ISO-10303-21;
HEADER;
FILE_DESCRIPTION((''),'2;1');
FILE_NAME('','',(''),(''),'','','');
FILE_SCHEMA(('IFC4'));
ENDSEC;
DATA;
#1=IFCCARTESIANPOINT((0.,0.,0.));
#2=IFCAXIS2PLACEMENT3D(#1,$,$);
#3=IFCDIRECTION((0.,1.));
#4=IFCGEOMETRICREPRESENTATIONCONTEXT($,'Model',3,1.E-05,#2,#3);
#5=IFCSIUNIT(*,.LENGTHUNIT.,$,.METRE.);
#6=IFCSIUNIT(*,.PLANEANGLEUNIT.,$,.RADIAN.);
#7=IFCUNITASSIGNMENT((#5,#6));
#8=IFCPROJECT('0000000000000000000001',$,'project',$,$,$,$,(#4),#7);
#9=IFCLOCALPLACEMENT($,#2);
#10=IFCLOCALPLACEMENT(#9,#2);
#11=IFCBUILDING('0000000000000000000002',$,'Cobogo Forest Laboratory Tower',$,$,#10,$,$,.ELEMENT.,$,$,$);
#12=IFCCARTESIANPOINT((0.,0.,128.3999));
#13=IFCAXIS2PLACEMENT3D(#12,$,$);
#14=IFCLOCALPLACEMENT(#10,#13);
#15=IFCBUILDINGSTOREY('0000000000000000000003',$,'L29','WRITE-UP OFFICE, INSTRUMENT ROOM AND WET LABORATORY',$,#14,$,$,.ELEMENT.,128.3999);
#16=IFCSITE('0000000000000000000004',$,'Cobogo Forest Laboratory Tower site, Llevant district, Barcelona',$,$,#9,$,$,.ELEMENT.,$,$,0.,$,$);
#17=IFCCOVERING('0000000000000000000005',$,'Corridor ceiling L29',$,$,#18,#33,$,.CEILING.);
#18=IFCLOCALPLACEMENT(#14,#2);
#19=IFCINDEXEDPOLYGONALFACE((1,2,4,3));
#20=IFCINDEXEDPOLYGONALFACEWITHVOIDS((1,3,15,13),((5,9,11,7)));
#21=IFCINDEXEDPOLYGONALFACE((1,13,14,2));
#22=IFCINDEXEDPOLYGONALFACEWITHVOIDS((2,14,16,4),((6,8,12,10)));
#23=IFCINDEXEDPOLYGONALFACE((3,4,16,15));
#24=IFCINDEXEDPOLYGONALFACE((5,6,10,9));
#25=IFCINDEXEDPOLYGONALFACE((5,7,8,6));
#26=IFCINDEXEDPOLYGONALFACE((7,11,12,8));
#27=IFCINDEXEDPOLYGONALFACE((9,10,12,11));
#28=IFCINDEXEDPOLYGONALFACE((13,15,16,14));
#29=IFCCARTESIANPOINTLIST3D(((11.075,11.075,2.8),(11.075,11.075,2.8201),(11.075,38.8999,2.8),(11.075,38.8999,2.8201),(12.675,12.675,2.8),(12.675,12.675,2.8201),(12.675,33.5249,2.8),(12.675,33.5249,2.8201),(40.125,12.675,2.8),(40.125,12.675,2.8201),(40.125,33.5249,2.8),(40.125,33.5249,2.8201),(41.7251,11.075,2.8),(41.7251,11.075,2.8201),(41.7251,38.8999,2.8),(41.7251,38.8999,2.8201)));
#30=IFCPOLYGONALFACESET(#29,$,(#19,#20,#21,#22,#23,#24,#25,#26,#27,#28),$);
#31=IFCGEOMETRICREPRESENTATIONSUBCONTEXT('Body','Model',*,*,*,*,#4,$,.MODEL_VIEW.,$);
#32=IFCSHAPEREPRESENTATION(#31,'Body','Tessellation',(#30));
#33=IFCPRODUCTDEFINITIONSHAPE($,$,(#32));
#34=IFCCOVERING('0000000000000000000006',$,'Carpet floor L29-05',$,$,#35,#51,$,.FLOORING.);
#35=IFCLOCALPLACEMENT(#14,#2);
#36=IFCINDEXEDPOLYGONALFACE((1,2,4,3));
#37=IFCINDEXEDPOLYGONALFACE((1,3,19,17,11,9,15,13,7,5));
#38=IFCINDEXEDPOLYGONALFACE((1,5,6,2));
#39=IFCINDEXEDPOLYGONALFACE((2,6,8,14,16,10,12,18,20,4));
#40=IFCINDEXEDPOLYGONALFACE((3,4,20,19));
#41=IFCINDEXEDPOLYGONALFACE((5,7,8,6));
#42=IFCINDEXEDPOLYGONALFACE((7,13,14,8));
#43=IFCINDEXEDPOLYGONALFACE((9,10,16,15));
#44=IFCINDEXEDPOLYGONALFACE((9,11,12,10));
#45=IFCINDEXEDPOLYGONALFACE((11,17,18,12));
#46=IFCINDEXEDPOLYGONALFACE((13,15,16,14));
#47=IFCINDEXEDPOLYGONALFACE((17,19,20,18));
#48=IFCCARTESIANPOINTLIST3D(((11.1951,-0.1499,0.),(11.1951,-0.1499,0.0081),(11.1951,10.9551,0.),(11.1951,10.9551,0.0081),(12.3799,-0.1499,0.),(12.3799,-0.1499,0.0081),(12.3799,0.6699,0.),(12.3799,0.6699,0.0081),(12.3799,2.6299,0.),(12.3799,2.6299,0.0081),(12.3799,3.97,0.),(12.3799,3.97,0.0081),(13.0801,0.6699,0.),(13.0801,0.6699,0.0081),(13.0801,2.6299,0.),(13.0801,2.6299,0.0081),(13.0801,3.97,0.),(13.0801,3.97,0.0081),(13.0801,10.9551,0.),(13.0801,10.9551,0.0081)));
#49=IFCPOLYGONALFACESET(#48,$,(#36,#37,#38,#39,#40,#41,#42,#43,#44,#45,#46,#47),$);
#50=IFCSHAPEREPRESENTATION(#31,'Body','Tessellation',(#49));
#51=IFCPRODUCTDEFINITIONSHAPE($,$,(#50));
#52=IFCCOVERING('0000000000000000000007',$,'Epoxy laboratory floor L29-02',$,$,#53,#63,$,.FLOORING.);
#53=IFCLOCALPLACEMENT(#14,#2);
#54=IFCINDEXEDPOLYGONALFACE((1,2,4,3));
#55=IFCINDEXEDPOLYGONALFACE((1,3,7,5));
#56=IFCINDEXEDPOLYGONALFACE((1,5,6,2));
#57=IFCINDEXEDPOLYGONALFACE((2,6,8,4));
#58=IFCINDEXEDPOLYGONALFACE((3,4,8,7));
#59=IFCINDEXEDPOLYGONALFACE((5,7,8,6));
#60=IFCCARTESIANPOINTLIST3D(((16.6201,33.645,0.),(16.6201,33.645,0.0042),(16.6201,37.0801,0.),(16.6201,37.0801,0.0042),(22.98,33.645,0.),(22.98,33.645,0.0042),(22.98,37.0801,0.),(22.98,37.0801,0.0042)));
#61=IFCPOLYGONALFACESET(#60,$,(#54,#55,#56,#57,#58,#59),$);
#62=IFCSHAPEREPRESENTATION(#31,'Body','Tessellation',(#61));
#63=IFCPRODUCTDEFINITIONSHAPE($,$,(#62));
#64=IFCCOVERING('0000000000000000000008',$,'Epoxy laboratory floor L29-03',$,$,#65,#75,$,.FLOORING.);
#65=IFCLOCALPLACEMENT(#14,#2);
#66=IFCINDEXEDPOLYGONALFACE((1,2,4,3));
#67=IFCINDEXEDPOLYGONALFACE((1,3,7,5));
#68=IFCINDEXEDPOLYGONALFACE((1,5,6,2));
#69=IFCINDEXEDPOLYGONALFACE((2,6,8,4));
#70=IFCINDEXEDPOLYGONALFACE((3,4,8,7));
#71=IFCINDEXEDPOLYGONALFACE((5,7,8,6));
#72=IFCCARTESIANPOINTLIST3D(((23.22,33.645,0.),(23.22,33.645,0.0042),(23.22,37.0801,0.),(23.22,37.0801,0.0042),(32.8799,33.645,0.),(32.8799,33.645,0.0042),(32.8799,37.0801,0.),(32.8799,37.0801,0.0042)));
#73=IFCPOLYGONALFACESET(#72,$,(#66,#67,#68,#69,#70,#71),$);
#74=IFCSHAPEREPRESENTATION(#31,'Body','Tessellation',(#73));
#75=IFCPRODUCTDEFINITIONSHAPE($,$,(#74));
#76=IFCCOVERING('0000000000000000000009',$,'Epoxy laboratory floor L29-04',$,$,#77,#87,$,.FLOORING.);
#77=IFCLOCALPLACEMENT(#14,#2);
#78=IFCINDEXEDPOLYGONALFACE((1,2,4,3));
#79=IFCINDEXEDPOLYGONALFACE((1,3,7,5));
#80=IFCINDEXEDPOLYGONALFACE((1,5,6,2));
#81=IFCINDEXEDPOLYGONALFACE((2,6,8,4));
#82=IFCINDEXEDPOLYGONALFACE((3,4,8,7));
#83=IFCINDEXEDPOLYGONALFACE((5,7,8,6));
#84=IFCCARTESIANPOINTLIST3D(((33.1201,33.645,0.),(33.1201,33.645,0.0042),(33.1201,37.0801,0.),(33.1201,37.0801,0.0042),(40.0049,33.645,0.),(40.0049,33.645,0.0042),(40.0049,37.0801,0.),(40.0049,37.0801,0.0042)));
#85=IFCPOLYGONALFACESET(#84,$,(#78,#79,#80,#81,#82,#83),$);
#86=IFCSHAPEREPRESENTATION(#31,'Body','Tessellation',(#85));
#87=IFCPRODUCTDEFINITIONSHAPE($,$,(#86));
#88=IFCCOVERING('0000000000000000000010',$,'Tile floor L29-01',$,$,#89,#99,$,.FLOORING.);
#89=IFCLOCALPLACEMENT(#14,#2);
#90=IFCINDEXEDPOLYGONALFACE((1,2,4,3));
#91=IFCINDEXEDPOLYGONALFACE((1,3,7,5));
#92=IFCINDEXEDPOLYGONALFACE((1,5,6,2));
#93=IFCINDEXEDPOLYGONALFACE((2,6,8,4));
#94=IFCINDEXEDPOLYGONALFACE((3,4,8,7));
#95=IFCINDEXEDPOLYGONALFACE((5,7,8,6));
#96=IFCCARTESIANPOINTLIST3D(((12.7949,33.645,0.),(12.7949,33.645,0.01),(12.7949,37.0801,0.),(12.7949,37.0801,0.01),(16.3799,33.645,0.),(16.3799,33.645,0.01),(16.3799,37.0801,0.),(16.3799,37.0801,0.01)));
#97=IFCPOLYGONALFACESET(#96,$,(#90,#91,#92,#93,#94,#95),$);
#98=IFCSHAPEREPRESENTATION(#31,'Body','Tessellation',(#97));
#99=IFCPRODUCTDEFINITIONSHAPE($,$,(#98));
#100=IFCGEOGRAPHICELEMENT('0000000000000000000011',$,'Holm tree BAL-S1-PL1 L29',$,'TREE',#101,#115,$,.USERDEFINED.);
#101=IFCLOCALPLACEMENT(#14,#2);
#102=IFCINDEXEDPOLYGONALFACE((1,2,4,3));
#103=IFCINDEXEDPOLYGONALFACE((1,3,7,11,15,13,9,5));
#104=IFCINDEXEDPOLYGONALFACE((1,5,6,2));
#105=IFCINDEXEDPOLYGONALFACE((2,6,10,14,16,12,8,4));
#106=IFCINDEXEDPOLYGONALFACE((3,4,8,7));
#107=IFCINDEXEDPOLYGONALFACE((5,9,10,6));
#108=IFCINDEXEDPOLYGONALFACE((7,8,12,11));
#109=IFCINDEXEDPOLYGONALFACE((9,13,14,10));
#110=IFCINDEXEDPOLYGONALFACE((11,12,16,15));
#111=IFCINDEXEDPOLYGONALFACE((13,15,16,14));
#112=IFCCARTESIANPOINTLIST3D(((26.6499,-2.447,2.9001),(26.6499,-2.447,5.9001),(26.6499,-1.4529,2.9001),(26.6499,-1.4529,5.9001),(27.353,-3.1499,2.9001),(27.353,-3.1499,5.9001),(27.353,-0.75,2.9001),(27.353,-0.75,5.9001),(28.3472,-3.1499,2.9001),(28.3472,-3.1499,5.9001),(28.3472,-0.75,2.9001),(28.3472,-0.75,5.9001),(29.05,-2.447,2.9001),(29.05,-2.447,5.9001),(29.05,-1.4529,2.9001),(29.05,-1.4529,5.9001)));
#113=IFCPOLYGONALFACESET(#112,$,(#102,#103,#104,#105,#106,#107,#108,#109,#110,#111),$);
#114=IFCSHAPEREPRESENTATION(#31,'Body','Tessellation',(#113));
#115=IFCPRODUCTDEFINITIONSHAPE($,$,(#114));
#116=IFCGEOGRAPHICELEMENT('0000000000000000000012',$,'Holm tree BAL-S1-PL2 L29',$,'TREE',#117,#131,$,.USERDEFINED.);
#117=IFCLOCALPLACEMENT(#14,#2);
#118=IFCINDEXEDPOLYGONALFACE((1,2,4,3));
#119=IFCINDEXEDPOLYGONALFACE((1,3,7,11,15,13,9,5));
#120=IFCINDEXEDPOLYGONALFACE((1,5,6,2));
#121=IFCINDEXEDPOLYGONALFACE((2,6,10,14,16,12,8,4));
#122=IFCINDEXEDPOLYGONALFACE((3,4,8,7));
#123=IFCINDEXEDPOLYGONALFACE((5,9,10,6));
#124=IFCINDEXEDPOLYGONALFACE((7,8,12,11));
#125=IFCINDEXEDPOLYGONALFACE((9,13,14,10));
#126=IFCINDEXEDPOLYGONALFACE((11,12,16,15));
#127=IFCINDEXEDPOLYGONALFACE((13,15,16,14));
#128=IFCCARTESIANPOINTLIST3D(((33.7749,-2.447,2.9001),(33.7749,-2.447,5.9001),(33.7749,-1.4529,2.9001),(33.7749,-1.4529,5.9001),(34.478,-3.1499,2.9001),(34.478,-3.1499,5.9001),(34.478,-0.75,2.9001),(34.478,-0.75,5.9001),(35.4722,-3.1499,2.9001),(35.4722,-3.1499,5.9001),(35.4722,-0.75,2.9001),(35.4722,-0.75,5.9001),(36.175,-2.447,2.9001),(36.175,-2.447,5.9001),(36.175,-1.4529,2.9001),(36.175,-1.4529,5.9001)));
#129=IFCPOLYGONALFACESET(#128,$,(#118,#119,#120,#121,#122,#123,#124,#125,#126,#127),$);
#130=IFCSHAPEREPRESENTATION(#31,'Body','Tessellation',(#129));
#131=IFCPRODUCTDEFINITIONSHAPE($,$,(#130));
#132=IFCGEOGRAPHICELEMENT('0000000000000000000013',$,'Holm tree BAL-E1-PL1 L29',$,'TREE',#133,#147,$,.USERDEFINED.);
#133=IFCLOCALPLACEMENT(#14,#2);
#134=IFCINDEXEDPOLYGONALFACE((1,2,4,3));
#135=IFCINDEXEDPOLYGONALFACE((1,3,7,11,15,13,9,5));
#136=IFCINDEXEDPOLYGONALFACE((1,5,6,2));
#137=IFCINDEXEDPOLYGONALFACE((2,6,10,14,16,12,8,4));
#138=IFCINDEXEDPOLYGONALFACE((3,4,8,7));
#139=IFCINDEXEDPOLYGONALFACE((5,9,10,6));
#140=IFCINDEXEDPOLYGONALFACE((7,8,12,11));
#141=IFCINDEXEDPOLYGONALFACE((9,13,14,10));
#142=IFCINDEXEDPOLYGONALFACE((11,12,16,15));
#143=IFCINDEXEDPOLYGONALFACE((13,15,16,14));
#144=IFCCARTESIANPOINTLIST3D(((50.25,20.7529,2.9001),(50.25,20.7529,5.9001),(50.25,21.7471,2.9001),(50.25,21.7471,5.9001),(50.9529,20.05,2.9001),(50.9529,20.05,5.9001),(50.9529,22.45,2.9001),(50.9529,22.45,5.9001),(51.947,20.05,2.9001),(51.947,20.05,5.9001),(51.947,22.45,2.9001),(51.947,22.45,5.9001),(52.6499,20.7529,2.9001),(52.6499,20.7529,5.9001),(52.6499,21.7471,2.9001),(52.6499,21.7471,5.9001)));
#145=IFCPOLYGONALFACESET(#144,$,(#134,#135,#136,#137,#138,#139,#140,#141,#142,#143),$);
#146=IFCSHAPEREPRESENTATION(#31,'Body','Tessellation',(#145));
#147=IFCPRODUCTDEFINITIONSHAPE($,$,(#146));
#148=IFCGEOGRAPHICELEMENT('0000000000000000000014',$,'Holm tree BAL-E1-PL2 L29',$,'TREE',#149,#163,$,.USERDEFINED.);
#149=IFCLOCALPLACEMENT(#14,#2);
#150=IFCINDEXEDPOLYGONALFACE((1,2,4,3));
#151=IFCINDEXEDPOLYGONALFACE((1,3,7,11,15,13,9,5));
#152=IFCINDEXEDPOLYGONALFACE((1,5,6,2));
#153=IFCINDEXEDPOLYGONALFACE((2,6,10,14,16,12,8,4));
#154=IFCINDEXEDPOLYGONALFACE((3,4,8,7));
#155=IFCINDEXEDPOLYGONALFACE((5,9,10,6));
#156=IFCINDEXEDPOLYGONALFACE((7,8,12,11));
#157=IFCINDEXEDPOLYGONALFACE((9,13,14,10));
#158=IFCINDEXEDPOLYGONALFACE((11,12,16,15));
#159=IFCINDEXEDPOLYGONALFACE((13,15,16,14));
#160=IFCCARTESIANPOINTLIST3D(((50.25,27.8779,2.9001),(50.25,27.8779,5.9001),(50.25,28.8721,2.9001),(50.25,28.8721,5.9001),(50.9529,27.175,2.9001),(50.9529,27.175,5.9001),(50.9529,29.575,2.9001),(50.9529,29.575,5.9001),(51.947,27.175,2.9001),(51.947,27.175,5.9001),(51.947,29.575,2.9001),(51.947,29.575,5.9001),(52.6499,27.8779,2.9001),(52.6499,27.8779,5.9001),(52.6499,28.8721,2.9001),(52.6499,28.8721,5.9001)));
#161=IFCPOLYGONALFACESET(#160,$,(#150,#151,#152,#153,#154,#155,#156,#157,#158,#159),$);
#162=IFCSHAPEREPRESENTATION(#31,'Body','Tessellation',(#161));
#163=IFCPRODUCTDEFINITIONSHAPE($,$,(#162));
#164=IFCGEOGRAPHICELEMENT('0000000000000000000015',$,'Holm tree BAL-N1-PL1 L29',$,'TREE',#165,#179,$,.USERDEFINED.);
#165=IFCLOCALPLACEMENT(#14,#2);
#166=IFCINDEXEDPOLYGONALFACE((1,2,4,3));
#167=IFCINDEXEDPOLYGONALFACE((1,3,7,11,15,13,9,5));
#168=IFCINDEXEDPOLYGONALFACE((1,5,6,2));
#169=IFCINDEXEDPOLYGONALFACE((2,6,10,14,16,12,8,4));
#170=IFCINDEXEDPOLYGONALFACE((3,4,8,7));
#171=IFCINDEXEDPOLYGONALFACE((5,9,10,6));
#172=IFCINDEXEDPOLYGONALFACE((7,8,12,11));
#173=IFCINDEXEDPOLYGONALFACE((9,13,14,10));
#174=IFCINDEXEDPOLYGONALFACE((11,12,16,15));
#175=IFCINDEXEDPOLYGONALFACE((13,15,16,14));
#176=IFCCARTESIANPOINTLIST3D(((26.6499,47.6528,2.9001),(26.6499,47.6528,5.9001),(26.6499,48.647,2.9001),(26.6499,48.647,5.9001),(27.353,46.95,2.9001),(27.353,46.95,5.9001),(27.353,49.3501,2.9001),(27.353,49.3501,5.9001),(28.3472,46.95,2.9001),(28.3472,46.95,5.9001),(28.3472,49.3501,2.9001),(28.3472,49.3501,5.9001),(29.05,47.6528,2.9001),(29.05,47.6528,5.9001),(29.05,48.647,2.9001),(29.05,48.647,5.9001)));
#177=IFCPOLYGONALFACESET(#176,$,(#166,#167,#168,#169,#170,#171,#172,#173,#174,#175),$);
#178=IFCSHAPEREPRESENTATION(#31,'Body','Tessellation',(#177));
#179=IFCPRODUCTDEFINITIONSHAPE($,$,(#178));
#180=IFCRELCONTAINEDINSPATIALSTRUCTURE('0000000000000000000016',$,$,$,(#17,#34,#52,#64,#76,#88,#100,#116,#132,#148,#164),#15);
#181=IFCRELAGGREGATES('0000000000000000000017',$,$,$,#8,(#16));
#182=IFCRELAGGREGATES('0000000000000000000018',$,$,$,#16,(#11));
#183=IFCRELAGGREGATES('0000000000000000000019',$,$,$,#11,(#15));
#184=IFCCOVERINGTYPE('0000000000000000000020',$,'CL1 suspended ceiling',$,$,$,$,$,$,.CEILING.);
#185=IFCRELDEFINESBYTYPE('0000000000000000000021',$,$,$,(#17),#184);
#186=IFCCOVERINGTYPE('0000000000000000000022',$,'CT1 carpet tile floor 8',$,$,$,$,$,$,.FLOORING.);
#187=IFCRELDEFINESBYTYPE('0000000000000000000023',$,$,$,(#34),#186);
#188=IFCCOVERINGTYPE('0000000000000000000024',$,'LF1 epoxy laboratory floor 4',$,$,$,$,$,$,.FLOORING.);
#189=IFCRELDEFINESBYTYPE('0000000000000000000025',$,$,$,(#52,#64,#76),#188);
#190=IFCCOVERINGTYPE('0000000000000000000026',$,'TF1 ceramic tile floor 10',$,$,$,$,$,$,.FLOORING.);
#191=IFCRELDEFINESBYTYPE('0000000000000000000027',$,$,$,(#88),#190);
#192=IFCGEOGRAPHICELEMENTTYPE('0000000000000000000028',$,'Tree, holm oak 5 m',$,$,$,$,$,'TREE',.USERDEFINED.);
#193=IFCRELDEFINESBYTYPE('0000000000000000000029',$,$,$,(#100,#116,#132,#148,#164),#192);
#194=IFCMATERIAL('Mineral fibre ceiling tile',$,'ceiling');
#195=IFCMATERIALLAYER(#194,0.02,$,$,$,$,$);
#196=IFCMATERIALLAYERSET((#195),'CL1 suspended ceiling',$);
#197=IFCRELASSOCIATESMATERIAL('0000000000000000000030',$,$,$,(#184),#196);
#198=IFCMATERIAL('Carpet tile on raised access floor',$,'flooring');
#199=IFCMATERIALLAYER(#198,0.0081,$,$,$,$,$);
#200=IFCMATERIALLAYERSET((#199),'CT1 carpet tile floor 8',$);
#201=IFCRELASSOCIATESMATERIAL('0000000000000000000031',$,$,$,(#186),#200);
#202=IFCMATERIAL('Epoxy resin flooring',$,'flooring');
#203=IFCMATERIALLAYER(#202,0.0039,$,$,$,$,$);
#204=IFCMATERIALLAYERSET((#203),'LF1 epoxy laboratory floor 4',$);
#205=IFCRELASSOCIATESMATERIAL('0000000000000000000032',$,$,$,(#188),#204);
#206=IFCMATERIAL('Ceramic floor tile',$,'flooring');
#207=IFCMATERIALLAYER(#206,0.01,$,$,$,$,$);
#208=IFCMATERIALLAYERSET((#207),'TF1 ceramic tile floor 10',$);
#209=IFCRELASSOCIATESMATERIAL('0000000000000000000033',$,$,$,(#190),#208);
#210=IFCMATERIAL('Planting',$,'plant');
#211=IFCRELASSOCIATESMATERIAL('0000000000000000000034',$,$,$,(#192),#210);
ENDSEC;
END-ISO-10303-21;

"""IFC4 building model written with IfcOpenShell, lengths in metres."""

from ifc_helpers import new_model, si_unit, direction, frame, origin, place, context, subcontext, project, spatial, polyline, outline, extrude, material, layer, layer_set, type_object, element, save


model = new_model("IFC4")

# Units and contexts
model_context = context("Model", 3, precision=1e-05, world=origin(), true_north=direction((0.0, 1.0)))
body_context = subcontext(model_context, "Body", "Model", "MODEL_VIEW")
ifc_project = project(units=[si_unit("LENGTHUNIT", "METRE"), si_unit("PLANEANGLEUNIT", "RADIAN")], contexts=[model_context])

# Site, building, storey
site_placement = place(None, origin())
site = spatial("IfcSite", under=ifc_project, at=site_placement, Name="Cobogo Forest Laboratory Tower site, Llevant district, Barcelona", CompositionType="ELEMENT", RefElevation=0.0)
building_placement = place(site_placement, origin())
building = spatial("IfcBuilding", under=site, at=building_placement, Name="Cobogo Forest Laboratory Tower", CompositionType="ELEMENT")
storey_placement = place(building_placement, frame((0.0, 0.0, 128.3999)))
storey = spatial("IfcBuildingStorey", under=building, at=storey_placement, Name="L29", Description="WRITE-UP OFFICE, INSTRUMENT ROOM AND WET LABORATORY", CompositionType="ELEMENT", Elevation=128.3999)

# Coverings
ifc_material_1 = material(Name="Mineral fibre ceiling tile", Category="ceiling")
ifc_layer_1 = layer(ifc_material_1, 0.02)
ifc_layer_set_1 = layer_set([ifc_layer_1], Name="CL1 suspended ceiling")
covering_type_1 = type_object("IfcCoveringType", Name="CL1 suspended ceiling", PredefinedType="CEILING", material=ifc_layer_set_1)
covering_1_placement = place(storey_placement, frame((0.0, 0.0, 2.8)))
element("IfcCovering", 1, at=covering_1_placement, inside=storey, type_object=covering_type_1, Name="Corridor ceiling L29", PredefinedType="CEILING", context=body_context, shape_type="SweptSolid", body=[
    extrude(outline(polyline([(11.075, 11.075), (11.075, 38.8999), (41.7251, 38.8999), (41.7251, 11.075), (11.075, 11.075)]), holes=[polyline([(40.125, 33.5249), (12.675, 33.5249), (12.675, 12.675), (40.125, 12.675), (40.125, 33.5249)])]), origin(), (0.0, 0.0, 1.0), 0.02),
])
ifc_material_2 = material(Name="Carpet tile on raised access floor", Category="flooring")
ifc_layer_2 = layer(ifc_material_2, 0.0081)
ifc_layer_set_2 = layer_set([ifc_layer_2], Name="CT1 carpet tile floor 8")
covering_type_2 = type_object("IfcCoveringType", Name="CT1 carpet tile floor 8", PredefinedType="FLOORING", material=ifc_layer_set_2)
covering_2_placement = place(storey_placement, origin())
element("IfcCovering", 2, at=covering_2_placement, inside=storey, type_object=covering_type_2, Name="Carpet floor L29-05", PredefinedType="FLOORING", context=body_context, shape_type="SweptSolid", body=[
    extrude(outline(polyline([(13.0801, 10.9551), (13.0801, 3.97), (12.3799, 3.97), (12.3799, 2.6299), (13.0801, 2.6299), (13.0801, 0.6699), (12.3799, 0.6699), (12.3799, -0.1499), (11.1951, -0.1499), (11.1951, 10.9551), (13.0801, 10.9551)])), origin(), (0.0, 0.0, 1.0), 0.0081),
])
ifc_material_3 = material(Name="Epoxy resin flooring", Category="flooring")
ifc_layer_3 = layer(ifc_material_3, 0.0039)
ifc_layer_set_3 = layer_set([ifc_layer_3], Name="LF1 epoxy laboratory floor 4")
covering_type_3 = type_object("IfcCoveringType", Name="LF1 epoxy laboratory floor 4", PredefinedType="FLOORING", material=ifc_layer_set_3)
covering_3_placement = place(storey_placement, origin())
element("IfcCovering", 3, at=covering_3_placement, inside=storey, type_object=covering_type_3, Name="Epoxy laboratory floor L29-02", PredefinedType="FLOORING", context=body_context, shape_type="SweptSolid", body=[
    extrude(outline(polyline([(22.98, 33.645), (16.6201, 33.645), (16.6201, 37.0801), (22.98, 37.0801), (22.98, 33.645)])), origin(), (0.0, 0.0, 1.0), 0.0042),
])
covering_4_placement = place(storey_placement, origin())
element("IfcCovering", 4, at=covering_4_placement, inside=storey, type_object=covering_type_3, Name="Epoxy laboratory floor L29-03", PredefinedType="FLOORING", context=body_context, shape_type="SweptSolid", body=[
    extrude(outline(polyline([(32.8799, 33.645), (23.22, 33.645), (23.22, 37.0801), (32.8799, 37.0801), (32.8799, 33.645)])), origin(), (0.0, 0.0, 1.0), 0.0042),
])
covering_5_placement = place(storey_placement, origin())
element("IfcCovering", 5, at=covering_5_placement, inside=storey, type_object=covering_type_3, Name="Epoxy laboratory floor L29-04", PredefinedType="FLOORING", context=body_context, shape_type="SweptSolid", body=[
    extrude(outline(polyline([(40.0049, 33.645), (33.1201, 33.645), (33.1201, 37.0801), (40.0049, 37.0801), (40.0049, 33.645)])), origin(), (0.0, 0.0, 1.0), 0.0042),
])
ifc_material_4 = material(Name="Ceramic floor tile", Category="flooring")
ifc_layer_4 = layer(ifc_material_4, 0.01)
ifc_layer_set_4 = layer_set([ifc_layer_4], Name="TF1 ceramic tile floor 10")
covering_type_4 = type_object("IfcCoveringType", Name="TF1 ceramic tile floor 10", PredefinedType="FLOORING", material=ifc_layer_set_4)
covering_6_placement = place(storey_placement, origin())
element("IfcCovering", 6, at=covering_6_placement, inside=storey, type_object=covering_type_4, Name="Tile floor L29-01", PredefinedType="FLOORING", context=body_context, shape_type="SweptSolid", body=[
    extrude(outline(polyline([(16.3799, 33.645), (12.7949, 33.645), (12.7949, 37.0801), (16.3799, 37.0801), (16.3799, 33.645)])), origin(), (0.0, 0.0, 1.0), 0.01),
])

# Geographic elements
ifc_material_5 = material(Name="Planting", Category="plant")
geographic_element_type = type_object("IfcGeographicElementType", Name="Tree, holm oak 5 m", ElementType="TREE", PredefinedType="USERDEFINED", material=ifc_material_5)
geographic_element_1_placement = place(storey_placement, frame((0.0, 0.0, 2.9001)))
element("IfcGeographicElement", 7, at=geographic_element_1_placement, inside=storey, type_object=geographic_element_type, Name="Holm tree BAL-S1-PL1 L29", ObjectType="TREE", PredefinedType="USERDEFINED", context=body_context, shape_type="SweptSolid", body=[
    extrude(outline(polyline([(29.05, -2.447), (29.05, -1.4529), (28.3472, -0.75), (27.353, -0.75), (26.6499, -1.4529), (26.6499, -2.447), (27.353, -3.1499), (28.3472, -3.1499), (29.05, -2.447)])), origin(), (0.0, 0.0, 1.0), 3.0),
])
geographic_element_2_placement = place(storey_placement, frame((0.0, 0.0, 2.9001)))
element("IfcGeographicElement", 8, at=geographic_element_2_placement, inside=storey, type_object=geographic_element_type, Name="Holm tree BAL-S1-PL2 L29", ObjectType="TREE", PredefinedType="USERDEFINED", context=body_context, shape_type="SweptSolid", body=[
    extrude(outline(polyline([(36.175, -2.447), (36.175, -1.4529), (35.4722, -0.75), (34.478, -0.75), (33.7749, -1.4529), (33.7749, -2.447), (34.478, -3.1499), (35.4722, -3.1499), (36.175, -2.447)])), origin(), (0.0, 0.0, 1.0), 3.0),
])
geographic_element_3_placement = place(storey_placement, frame((0.0, 0.0, 2.9001)))
element("IfcGeographicElement", 9, at=geographic_element_3_placement, inside=storey, type_object=geographic_element_type, Name="Holm tree BAL-E1-PL1 L29", ObjectType="TREE", PredefinedType="USERDEFINED", context=body_context, shape_type="SweptSolid", body=[
    extrude(outline(polyline([(52.6499, 20.7529), (52.6499, 21.7471), (51.947, 22.45), (50.9529, 22.45), (50.25, 21.7471), (50.25, 20.7529), (50.9529, 20.05), (51.947, 20.05), (52.6499, 20.7529)])), origin(), (0.0, 0.0, 1.0), 3.0),
])
geographic_element_4_placement = place(storey_placement, frame((0.0, 0.0, 2.9001)))
element("IfcGeographicElement", 10, at=geographic_element_4_placement, inside=storey, type_object=geographic_element_type, Name="Holm tree BAL-E1-PL2 L29", ObjectType="TREE", PredefinedType="USERDEFINED", context=body_context, shape_type="SweptSolid", body=[
    extrude(outline(polyline([(52.6499, 27.8779), (52.6499, 28.8721), (51.947, 29.575), (50.9529, 29.575), (50.25, 28.8721), (50.25, 27.8779), (50.9529, 27.175), (51.947, 27.175), (52.6499, 27.8779)])), origin(), (0.0, 0.0, 1.0), 3.0),
])
geographic_element_5_placement = place(storey_placement, frame((0.0, 0.0, 2.9001)))
element("IfcGeographicElement", 11, at=geographic_element_5_placement, inside=storey, type_object=geographic_element_type, Name="Holm tree BAL-N1-PL1 L29", ObjectType="TREE", PredefinedType="USERDEFINED", context=body_context, shape_type="SweptSolid", body=[
    extrude(outline(polyline([(29.05, 47.6528), (29.05, 48.647), (28.3472, 49.3501), (27.353, 49.3501), (26.6499, 48.647), (26.6499, 47.6528), (27.353, 46.95), (28.3472, 46.95), (29.05, 47.6528)])), origin(), (0.0, 0.0, 1.0), 3.0),
])

save(model, "model.ifc")
